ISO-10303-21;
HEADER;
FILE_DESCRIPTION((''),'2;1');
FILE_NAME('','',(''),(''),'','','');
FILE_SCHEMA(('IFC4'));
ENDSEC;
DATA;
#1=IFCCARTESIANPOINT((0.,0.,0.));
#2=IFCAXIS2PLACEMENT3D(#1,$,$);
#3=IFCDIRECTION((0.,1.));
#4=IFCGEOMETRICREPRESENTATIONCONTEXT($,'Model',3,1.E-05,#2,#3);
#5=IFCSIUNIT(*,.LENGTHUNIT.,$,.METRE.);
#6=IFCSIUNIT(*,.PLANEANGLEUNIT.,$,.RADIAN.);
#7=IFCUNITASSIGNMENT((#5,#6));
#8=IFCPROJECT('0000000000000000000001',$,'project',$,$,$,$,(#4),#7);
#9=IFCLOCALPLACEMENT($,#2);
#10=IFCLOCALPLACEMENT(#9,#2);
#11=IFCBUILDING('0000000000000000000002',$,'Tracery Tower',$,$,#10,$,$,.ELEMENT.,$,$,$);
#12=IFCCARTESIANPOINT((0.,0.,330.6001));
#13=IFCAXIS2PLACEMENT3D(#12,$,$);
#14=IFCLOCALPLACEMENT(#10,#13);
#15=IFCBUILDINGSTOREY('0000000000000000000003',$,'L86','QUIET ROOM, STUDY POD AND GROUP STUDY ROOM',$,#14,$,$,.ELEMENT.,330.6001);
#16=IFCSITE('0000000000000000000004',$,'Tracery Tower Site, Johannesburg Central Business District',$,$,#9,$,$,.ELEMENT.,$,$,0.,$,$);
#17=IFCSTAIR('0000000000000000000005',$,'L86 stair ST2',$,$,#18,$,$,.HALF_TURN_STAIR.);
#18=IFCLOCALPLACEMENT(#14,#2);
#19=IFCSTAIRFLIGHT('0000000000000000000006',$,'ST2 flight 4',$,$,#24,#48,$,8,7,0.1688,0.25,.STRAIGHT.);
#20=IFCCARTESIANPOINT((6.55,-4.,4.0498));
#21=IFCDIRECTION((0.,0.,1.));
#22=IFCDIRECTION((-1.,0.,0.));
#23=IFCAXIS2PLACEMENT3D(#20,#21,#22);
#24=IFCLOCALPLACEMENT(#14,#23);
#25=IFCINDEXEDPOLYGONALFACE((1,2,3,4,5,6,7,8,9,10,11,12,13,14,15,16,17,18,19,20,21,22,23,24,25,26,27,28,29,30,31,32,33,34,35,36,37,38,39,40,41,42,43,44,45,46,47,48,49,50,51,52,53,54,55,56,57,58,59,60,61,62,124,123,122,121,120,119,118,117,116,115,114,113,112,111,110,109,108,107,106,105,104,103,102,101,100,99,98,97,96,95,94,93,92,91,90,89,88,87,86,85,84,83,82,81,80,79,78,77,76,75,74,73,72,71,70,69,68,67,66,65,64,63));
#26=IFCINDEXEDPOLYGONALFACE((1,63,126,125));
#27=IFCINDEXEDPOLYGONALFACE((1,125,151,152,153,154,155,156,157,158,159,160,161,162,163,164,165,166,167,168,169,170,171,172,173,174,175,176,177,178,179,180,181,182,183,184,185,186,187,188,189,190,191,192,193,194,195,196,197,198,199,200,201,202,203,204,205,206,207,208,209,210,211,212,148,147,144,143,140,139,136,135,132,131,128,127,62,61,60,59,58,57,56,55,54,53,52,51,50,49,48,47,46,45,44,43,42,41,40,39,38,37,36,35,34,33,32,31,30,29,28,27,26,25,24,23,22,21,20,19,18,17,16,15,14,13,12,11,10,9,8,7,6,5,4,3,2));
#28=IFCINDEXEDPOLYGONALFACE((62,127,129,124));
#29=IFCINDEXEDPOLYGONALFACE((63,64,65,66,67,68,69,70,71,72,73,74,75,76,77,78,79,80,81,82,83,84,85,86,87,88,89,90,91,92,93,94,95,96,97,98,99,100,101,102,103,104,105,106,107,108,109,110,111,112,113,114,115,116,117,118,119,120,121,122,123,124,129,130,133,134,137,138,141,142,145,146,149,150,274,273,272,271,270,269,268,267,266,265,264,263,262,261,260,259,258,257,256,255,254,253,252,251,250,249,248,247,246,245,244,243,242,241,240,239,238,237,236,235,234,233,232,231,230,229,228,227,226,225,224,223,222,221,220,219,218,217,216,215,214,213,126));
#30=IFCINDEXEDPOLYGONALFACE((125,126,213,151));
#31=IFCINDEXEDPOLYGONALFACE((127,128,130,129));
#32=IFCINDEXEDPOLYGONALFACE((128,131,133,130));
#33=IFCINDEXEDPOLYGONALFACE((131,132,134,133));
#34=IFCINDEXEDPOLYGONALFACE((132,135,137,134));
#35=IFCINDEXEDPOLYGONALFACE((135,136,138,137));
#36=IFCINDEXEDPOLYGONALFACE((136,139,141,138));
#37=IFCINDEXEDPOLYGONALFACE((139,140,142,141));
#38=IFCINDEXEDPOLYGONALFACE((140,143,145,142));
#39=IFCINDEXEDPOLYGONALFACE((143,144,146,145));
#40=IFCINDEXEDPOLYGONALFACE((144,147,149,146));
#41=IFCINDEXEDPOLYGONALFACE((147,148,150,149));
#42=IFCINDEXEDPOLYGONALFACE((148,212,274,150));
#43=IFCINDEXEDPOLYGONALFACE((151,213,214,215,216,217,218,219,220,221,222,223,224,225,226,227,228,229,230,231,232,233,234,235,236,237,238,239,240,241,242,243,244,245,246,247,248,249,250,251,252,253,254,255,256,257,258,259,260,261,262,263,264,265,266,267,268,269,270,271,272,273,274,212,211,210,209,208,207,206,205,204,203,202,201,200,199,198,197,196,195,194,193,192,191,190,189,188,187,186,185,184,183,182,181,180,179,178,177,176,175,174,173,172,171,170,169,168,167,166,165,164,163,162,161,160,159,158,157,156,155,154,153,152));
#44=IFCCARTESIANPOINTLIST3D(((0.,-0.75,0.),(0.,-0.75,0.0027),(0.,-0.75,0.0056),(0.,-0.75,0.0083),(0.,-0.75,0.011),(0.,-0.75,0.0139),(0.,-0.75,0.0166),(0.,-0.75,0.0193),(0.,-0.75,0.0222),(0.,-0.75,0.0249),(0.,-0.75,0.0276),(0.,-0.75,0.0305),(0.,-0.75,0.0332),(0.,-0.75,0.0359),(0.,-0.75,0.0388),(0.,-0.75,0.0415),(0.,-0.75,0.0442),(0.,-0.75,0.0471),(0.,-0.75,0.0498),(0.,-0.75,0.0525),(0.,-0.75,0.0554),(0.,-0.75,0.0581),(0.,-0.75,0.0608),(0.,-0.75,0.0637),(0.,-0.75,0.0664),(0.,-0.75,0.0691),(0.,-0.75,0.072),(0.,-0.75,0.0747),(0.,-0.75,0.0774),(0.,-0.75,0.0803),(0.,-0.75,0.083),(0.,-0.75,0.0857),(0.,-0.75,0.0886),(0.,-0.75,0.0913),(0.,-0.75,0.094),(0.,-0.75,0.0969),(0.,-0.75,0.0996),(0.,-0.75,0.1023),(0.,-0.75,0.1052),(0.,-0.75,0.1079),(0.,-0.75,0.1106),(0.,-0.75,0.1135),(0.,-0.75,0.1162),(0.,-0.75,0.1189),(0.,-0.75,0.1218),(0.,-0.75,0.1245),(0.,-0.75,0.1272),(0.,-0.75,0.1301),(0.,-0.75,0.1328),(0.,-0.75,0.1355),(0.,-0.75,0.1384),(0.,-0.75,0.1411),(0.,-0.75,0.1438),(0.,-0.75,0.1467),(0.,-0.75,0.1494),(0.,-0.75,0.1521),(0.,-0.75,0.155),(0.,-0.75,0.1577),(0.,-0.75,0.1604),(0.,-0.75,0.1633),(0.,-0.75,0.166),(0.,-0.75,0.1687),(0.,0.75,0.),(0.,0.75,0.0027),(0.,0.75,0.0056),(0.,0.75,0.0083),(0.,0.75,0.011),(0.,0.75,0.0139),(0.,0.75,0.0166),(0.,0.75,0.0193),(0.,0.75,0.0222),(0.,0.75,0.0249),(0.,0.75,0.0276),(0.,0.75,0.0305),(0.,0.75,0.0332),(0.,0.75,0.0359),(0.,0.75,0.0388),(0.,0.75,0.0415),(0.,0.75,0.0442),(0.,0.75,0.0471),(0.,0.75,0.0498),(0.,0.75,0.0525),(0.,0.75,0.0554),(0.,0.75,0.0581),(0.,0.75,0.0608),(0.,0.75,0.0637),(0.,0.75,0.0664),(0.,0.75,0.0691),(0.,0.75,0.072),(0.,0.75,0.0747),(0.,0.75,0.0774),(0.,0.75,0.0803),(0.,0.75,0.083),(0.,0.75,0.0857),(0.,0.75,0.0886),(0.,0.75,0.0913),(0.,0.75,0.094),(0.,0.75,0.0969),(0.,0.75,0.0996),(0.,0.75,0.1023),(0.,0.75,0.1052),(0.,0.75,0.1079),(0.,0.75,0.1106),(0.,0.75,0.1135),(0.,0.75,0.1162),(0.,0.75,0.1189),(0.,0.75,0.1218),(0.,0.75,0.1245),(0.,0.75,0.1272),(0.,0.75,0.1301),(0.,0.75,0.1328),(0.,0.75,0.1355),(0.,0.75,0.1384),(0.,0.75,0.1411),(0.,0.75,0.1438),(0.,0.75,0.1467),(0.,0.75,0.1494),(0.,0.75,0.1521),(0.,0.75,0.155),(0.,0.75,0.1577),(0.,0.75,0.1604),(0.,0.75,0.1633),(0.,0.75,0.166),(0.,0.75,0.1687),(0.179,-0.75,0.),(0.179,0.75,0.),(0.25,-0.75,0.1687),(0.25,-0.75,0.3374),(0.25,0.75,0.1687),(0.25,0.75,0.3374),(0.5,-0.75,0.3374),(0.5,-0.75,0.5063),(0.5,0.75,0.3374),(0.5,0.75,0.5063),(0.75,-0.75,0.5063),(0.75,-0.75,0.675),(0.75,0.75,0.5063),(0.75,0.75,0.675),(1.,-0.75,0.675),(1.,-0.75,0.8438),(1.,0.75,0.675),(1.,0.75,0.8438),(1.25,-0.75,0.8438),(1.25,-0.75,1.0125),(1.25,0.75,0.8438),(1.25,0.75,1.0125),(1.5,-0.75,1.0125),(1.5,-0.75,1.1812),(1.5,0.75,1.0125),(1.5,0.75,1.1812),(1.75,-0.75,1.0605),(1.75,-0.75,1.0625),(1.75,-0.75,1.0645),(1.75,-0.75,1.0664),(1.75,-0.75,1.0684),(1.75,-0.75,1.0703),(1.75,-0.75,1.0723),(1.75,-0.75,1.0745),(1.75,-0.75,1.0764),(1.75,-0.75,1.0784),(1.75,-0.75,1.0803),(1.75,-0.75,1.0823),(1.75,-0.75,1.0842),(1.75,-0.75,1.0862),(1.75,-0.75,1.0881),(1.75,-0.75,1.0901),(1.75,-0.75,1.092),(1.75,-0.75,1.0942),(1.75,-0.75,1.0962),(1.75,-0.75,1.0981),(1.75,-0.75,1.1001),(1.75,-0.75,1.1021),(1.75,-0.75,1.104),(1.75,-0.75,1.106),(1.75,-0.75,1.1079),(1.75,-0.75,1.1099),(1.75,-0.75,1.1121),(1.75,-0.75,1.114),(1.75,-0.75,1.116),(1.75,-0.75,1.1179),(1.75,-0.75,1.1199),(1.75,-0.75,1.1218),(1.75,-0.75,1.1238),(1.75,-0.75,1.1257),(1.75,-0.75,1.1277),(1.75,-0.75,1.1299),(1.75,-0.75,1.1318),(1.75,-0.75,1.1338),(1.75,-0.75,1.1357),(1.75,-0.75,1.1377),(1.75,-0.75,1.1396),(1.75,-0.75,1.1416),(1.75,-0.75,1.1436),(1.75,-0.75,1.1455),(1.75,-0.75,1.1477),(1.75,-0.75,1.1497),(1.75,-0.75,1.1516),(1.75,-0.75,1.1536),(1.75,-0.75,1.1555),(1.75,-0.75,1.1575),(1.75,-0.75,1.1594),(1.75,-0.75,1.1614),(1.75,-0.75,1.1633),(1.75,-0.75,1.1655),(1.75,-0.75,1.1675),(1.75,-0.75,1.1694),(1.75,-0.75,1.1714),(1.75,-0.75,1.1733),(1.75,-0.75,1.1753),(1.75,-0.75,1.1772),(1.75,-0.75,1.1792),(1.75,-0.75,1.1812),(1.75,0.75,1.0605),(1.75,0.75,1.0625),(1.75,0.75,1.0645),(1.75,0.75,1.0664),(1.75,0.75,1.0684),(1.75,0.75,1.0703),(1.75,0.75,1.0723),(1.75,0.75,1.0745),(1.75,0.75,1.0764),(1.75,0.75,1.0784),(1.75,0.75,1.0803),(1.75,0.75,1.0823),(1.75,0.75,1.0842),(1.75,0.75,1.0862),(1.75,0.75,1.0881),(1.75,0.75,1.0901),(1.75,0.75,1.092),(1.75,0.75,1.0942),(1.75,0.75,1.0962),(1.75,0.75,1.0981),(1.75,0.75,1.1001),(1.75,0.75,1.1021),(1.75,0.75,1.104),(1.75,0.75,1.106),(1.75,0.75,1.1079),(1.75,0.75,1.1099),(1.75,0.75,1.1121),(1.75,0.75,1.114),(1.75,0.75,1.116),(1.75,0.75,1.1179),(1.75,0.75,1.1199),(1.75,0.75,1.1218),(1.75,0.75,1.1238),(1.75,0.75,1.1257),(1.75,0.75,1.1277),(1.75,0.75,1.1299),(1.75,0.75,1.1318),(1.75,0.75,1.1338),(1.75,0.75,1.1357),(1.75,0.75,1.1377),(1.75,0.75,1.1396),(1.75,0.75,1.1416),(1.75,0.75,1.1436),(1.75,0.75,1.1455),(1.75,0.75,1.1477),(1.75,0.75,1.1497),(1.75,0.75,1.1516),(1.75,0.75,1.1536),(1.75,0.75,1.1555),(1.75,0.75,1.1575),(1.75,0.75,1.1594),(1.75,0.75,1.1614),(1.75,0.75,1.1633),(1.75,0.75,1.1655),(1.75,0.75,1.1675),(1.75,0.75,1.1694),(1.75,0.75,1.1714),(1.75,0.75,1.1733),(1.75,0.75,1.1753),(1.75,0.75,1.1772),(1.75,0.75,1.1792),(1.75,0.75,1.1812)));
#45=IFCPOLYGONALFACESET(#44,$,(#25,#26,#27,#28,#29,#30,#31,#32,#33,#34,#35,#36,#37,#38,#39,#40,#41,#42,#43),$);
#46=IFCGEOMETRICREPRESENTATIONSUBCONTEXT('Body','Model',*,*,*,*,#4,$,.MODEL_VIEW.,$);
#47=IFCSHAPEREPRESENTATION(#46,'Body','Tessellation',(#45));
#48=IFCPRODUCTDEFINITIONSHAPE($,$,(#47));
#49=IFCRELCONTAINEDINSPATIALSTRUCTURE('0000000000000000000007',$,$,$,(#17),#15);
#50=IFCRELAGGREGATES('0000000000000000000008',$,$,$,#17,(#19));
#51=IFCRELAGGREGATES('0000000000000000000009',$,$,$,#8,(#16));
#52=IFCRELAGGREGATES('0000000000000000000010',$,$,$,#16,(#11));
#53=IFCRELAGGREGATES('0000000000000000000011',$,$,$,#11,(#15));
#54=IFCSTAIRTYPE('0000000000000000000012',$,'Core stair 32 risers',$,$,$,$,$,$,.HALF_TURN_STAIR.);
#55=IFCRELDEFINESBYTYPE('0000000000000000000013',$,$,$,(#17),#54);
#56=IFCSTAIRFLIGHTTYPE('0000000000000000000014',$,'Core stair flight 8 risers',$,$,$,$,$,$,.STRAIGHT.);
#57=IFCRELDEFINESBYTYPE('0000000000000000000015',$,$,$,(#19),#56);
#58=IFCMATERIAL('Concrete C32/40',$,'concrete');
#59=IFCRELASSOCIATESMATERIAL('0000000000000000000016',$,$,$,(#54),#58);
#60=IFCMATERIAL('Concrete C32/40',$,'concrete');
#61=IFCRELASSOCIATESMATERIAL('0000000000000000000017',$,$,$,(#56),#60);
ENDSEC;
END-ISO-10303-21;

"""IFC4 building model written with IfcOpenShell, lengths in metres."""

from ifc_helpers import new_model, si_unit, direction, frame, origin, place, context, subcontext, project, spatial, polyline, outline, extrude, material, type_object, element, aggregate, save


model = new_model("IFC4")

# Units and contexts
model_context = context("Model", 3, precision=1e-05, world=origin(), true_north=direction((0.0, 1.0)))
body_context = subcontext(model_context, "Body", "Model", "MODEL_VIEW")
ifc_project = project(units=[si_unit("LENGTHUNIT", "METRE"), si_unit("PLANEANGLEUNIT", "RADIAN")], contexts=[model_context])

# Site, building, storey
site_placement = place(None, origin())
site = spatial("IfcSite", under=ifc_project, at=site_placement, Name="Tracery Tower Site, Johannesburg Central Business District", CompositionType="ELEMENT", RefElevation=0.0)
building_placement = place(site_placement, origin())
building = spatial("IfcBuilding", under=site, at=building_placement, Name="Tracery Tower", CompositionType="ELEMENT")
storey_placement = place(building_placement, frame((0.0, 0.0, 330.6001)))
storey = spatial("IfcBuildingStorey", under=building, at=storey_placement, Name="L86", Description="QUIET ROOM, STUDY POD AND GROUP STUDY ROOM", CompositionType="ELEMENT", Elevation=330.6001)

# Stair, stair flight
ifc_material_1 = material(Name="Concrete C32/40", Category="concrete")
stair_type = type_object("IfcStairType", Name="Core stair 32 risers", PredefinedType="HALF_TURN_STAIR", material=ifc_material_1)
stair_placement = place(storey_placement, origin())
stair = element("IfcStair", 1, at=stair_placement, inside=storey, type_object=stair_type, Name="L86 stair ST2", PredefinedType="HALF_TURN_STAIR")
ifc_material_2 = material(Name="Concrete C32/40", Category="concrete")
stair_flight_type = type_object("IfcStairFlightType", Name="Core stair flight 8 risers", PredefinedType="STRAIGHT", material=ifc_material_2)
stair_flight_1_placement = place(storey_placement, frame((6.55, -4.0, 4.0498), z_axis=(0.0, 0.0, 1.0), x_axis=(-1.0, 0.0, 0.0)))
stair_flight_1 = element("IfcStairFlight", 2, at=stair_flight_1_placement, type_object=stair_flight_type, Name="ST2 flight 4", NumberOfRisers=8, NumberOfTreads=7, PredefinedType="STRAIGHT", RiserHeight=0.1688, TreadLength=0.25, context=body_context, shape_type="SweptSolid", body=[
    extrude(outline(polyline([(0.0, 0.0), (0.0, 0.0027), (0.0, 0.0056), (0.0, 0.0083), (0.0, 0.011), (0.0, 0.0139), (0.0, 0.0166), (0.0, 0.0193), (0.0, 0.0222), (0.0, 0.0249), (0.0, 0.0276), (0.0, 0.0305), (0.0, 0.0332), (0.0, 0.0359), (0.0, 0.0388), (0.0, 0.0415), (0.0, 0.0442), (0.0, 0.0471), (0.0, 0.0498), (0.0, 0.0525), (0.0, 0.0554), (0.0, 0.0581), (0.0, 0.0608), (0.0, 0.0637), (0.0, 0.0664), (0.0, 0.0691), (0.0, 0.072), (0.0, 0.0747), (0.0, 0.0774), (0.0, 0.0803), (0.0, 0.083), (0.0, 0.0857), (0.0, 0.0886), (0.0, 0.0913), (0.0, 0.094), (0.0, 0.0969), (0.0, 0.0996), (0.0, 0.1023), (0.0, 0.1052), (0.0, 0.1079), (0.0, 0.1106), (0.0, 0.1135), (0.0, 0.1162), (0.0, 0.1189), (0.0, 0.1218), (0.0, 0.1245), (0.0, 0.1272), (0.0, 0.1301), (0.0, 0.1328), (0.0, 0.1355), (0.0, 0.1384), (0.0, 0.1411), (0.0, 0.1438), (0.0, 0.1467), (0.0, 0.1494), (0.0, 0.1521), (0.0, 0.155), (0.0, 0.1577), (0.0, 0.1604), (0.0, 0.1633), (0.0, 0.166), (0.0, 0.1687), (0.25, 0.1687), (0.25, 0.3374), (0.5, 0.3374), (0.5, 0.5063), (0.75, 0.5063), (0.75, 0.675), (1.0, 0.675), (1.0, 0.8438), (1.25, 0.8438), (1.25, 1.0125), (1.5, 1.0125), (1.5, 1.1812), (1.75, 1.1812), (1.75, 1.1792), (1.75, 1.1772), (1.75, 1.1753), (1.75, 1.1733), (1.75, 1.1714), (1.75, 1.1694), (1.75, 1.1675), (1.75, 1.1655), (1.75, 1.1633), (1.75, 1.1614), (1.75, 1.1594), (1.75, 1.1575), (1.75, 1.1555), (1.75, 1.1536), (1.75, 1.1516), (1.75, 1.1497), (1.75, 1.1477), (1.75, 1.1455), (1.75, 1.1436), (1.75, 1.1416), (1.75, 1.1396), (1.75, 1.1377), (1.75, 1.1357), (1.75, 1.1338), (1.75, 1.1318), (1.75, 1.1299), (1.75, 1.1277), (1.75, 1.1257), (1.75, 1.1238), (1.75, 1.1218), (1.75, 1.1199), (1.75, 1.1179), (1.75, 1.116), (1.75, 1.114), (1.75, 1.1121), (1.75, 1.1099), (1.75, 1.1079), (1.75, 1.106), (1.75, 1.104), (1.75, 1.1021), (1.75, 1.1001), (1.75, 1.0981), (1.75, 1.0962), (1.75, 1.0942), (1.75, 1.092), (1.75, 1.0901), (1.75, 1.0881), (1.75, 1.0862), (1.75, 1.0842), (1.75, 1.0823), (1.75, 1.0803), (1.75, 1.0784), (1.75, 1.0764), (1.75, 1.0745), (1.75, 1.0723), (1.75, 1.0703), (1.75, 1.0684), (1.75, 1.0664), (1.75, 1.0645), (1.75, 1.0625), (1.75, 1.0605), (0.179, 0.0), (0.0, 0.0)])), frame((0.0, 0.75, 0.0), z_axis=(0.0, -1.0, 0.0), x_axis=(1.0, 0.0, 0.0)), (0.0, 0.0, 1.0), 1.5),
])
aggregate(stair, [stair_flight_1])

save(model, "model.ifc")
